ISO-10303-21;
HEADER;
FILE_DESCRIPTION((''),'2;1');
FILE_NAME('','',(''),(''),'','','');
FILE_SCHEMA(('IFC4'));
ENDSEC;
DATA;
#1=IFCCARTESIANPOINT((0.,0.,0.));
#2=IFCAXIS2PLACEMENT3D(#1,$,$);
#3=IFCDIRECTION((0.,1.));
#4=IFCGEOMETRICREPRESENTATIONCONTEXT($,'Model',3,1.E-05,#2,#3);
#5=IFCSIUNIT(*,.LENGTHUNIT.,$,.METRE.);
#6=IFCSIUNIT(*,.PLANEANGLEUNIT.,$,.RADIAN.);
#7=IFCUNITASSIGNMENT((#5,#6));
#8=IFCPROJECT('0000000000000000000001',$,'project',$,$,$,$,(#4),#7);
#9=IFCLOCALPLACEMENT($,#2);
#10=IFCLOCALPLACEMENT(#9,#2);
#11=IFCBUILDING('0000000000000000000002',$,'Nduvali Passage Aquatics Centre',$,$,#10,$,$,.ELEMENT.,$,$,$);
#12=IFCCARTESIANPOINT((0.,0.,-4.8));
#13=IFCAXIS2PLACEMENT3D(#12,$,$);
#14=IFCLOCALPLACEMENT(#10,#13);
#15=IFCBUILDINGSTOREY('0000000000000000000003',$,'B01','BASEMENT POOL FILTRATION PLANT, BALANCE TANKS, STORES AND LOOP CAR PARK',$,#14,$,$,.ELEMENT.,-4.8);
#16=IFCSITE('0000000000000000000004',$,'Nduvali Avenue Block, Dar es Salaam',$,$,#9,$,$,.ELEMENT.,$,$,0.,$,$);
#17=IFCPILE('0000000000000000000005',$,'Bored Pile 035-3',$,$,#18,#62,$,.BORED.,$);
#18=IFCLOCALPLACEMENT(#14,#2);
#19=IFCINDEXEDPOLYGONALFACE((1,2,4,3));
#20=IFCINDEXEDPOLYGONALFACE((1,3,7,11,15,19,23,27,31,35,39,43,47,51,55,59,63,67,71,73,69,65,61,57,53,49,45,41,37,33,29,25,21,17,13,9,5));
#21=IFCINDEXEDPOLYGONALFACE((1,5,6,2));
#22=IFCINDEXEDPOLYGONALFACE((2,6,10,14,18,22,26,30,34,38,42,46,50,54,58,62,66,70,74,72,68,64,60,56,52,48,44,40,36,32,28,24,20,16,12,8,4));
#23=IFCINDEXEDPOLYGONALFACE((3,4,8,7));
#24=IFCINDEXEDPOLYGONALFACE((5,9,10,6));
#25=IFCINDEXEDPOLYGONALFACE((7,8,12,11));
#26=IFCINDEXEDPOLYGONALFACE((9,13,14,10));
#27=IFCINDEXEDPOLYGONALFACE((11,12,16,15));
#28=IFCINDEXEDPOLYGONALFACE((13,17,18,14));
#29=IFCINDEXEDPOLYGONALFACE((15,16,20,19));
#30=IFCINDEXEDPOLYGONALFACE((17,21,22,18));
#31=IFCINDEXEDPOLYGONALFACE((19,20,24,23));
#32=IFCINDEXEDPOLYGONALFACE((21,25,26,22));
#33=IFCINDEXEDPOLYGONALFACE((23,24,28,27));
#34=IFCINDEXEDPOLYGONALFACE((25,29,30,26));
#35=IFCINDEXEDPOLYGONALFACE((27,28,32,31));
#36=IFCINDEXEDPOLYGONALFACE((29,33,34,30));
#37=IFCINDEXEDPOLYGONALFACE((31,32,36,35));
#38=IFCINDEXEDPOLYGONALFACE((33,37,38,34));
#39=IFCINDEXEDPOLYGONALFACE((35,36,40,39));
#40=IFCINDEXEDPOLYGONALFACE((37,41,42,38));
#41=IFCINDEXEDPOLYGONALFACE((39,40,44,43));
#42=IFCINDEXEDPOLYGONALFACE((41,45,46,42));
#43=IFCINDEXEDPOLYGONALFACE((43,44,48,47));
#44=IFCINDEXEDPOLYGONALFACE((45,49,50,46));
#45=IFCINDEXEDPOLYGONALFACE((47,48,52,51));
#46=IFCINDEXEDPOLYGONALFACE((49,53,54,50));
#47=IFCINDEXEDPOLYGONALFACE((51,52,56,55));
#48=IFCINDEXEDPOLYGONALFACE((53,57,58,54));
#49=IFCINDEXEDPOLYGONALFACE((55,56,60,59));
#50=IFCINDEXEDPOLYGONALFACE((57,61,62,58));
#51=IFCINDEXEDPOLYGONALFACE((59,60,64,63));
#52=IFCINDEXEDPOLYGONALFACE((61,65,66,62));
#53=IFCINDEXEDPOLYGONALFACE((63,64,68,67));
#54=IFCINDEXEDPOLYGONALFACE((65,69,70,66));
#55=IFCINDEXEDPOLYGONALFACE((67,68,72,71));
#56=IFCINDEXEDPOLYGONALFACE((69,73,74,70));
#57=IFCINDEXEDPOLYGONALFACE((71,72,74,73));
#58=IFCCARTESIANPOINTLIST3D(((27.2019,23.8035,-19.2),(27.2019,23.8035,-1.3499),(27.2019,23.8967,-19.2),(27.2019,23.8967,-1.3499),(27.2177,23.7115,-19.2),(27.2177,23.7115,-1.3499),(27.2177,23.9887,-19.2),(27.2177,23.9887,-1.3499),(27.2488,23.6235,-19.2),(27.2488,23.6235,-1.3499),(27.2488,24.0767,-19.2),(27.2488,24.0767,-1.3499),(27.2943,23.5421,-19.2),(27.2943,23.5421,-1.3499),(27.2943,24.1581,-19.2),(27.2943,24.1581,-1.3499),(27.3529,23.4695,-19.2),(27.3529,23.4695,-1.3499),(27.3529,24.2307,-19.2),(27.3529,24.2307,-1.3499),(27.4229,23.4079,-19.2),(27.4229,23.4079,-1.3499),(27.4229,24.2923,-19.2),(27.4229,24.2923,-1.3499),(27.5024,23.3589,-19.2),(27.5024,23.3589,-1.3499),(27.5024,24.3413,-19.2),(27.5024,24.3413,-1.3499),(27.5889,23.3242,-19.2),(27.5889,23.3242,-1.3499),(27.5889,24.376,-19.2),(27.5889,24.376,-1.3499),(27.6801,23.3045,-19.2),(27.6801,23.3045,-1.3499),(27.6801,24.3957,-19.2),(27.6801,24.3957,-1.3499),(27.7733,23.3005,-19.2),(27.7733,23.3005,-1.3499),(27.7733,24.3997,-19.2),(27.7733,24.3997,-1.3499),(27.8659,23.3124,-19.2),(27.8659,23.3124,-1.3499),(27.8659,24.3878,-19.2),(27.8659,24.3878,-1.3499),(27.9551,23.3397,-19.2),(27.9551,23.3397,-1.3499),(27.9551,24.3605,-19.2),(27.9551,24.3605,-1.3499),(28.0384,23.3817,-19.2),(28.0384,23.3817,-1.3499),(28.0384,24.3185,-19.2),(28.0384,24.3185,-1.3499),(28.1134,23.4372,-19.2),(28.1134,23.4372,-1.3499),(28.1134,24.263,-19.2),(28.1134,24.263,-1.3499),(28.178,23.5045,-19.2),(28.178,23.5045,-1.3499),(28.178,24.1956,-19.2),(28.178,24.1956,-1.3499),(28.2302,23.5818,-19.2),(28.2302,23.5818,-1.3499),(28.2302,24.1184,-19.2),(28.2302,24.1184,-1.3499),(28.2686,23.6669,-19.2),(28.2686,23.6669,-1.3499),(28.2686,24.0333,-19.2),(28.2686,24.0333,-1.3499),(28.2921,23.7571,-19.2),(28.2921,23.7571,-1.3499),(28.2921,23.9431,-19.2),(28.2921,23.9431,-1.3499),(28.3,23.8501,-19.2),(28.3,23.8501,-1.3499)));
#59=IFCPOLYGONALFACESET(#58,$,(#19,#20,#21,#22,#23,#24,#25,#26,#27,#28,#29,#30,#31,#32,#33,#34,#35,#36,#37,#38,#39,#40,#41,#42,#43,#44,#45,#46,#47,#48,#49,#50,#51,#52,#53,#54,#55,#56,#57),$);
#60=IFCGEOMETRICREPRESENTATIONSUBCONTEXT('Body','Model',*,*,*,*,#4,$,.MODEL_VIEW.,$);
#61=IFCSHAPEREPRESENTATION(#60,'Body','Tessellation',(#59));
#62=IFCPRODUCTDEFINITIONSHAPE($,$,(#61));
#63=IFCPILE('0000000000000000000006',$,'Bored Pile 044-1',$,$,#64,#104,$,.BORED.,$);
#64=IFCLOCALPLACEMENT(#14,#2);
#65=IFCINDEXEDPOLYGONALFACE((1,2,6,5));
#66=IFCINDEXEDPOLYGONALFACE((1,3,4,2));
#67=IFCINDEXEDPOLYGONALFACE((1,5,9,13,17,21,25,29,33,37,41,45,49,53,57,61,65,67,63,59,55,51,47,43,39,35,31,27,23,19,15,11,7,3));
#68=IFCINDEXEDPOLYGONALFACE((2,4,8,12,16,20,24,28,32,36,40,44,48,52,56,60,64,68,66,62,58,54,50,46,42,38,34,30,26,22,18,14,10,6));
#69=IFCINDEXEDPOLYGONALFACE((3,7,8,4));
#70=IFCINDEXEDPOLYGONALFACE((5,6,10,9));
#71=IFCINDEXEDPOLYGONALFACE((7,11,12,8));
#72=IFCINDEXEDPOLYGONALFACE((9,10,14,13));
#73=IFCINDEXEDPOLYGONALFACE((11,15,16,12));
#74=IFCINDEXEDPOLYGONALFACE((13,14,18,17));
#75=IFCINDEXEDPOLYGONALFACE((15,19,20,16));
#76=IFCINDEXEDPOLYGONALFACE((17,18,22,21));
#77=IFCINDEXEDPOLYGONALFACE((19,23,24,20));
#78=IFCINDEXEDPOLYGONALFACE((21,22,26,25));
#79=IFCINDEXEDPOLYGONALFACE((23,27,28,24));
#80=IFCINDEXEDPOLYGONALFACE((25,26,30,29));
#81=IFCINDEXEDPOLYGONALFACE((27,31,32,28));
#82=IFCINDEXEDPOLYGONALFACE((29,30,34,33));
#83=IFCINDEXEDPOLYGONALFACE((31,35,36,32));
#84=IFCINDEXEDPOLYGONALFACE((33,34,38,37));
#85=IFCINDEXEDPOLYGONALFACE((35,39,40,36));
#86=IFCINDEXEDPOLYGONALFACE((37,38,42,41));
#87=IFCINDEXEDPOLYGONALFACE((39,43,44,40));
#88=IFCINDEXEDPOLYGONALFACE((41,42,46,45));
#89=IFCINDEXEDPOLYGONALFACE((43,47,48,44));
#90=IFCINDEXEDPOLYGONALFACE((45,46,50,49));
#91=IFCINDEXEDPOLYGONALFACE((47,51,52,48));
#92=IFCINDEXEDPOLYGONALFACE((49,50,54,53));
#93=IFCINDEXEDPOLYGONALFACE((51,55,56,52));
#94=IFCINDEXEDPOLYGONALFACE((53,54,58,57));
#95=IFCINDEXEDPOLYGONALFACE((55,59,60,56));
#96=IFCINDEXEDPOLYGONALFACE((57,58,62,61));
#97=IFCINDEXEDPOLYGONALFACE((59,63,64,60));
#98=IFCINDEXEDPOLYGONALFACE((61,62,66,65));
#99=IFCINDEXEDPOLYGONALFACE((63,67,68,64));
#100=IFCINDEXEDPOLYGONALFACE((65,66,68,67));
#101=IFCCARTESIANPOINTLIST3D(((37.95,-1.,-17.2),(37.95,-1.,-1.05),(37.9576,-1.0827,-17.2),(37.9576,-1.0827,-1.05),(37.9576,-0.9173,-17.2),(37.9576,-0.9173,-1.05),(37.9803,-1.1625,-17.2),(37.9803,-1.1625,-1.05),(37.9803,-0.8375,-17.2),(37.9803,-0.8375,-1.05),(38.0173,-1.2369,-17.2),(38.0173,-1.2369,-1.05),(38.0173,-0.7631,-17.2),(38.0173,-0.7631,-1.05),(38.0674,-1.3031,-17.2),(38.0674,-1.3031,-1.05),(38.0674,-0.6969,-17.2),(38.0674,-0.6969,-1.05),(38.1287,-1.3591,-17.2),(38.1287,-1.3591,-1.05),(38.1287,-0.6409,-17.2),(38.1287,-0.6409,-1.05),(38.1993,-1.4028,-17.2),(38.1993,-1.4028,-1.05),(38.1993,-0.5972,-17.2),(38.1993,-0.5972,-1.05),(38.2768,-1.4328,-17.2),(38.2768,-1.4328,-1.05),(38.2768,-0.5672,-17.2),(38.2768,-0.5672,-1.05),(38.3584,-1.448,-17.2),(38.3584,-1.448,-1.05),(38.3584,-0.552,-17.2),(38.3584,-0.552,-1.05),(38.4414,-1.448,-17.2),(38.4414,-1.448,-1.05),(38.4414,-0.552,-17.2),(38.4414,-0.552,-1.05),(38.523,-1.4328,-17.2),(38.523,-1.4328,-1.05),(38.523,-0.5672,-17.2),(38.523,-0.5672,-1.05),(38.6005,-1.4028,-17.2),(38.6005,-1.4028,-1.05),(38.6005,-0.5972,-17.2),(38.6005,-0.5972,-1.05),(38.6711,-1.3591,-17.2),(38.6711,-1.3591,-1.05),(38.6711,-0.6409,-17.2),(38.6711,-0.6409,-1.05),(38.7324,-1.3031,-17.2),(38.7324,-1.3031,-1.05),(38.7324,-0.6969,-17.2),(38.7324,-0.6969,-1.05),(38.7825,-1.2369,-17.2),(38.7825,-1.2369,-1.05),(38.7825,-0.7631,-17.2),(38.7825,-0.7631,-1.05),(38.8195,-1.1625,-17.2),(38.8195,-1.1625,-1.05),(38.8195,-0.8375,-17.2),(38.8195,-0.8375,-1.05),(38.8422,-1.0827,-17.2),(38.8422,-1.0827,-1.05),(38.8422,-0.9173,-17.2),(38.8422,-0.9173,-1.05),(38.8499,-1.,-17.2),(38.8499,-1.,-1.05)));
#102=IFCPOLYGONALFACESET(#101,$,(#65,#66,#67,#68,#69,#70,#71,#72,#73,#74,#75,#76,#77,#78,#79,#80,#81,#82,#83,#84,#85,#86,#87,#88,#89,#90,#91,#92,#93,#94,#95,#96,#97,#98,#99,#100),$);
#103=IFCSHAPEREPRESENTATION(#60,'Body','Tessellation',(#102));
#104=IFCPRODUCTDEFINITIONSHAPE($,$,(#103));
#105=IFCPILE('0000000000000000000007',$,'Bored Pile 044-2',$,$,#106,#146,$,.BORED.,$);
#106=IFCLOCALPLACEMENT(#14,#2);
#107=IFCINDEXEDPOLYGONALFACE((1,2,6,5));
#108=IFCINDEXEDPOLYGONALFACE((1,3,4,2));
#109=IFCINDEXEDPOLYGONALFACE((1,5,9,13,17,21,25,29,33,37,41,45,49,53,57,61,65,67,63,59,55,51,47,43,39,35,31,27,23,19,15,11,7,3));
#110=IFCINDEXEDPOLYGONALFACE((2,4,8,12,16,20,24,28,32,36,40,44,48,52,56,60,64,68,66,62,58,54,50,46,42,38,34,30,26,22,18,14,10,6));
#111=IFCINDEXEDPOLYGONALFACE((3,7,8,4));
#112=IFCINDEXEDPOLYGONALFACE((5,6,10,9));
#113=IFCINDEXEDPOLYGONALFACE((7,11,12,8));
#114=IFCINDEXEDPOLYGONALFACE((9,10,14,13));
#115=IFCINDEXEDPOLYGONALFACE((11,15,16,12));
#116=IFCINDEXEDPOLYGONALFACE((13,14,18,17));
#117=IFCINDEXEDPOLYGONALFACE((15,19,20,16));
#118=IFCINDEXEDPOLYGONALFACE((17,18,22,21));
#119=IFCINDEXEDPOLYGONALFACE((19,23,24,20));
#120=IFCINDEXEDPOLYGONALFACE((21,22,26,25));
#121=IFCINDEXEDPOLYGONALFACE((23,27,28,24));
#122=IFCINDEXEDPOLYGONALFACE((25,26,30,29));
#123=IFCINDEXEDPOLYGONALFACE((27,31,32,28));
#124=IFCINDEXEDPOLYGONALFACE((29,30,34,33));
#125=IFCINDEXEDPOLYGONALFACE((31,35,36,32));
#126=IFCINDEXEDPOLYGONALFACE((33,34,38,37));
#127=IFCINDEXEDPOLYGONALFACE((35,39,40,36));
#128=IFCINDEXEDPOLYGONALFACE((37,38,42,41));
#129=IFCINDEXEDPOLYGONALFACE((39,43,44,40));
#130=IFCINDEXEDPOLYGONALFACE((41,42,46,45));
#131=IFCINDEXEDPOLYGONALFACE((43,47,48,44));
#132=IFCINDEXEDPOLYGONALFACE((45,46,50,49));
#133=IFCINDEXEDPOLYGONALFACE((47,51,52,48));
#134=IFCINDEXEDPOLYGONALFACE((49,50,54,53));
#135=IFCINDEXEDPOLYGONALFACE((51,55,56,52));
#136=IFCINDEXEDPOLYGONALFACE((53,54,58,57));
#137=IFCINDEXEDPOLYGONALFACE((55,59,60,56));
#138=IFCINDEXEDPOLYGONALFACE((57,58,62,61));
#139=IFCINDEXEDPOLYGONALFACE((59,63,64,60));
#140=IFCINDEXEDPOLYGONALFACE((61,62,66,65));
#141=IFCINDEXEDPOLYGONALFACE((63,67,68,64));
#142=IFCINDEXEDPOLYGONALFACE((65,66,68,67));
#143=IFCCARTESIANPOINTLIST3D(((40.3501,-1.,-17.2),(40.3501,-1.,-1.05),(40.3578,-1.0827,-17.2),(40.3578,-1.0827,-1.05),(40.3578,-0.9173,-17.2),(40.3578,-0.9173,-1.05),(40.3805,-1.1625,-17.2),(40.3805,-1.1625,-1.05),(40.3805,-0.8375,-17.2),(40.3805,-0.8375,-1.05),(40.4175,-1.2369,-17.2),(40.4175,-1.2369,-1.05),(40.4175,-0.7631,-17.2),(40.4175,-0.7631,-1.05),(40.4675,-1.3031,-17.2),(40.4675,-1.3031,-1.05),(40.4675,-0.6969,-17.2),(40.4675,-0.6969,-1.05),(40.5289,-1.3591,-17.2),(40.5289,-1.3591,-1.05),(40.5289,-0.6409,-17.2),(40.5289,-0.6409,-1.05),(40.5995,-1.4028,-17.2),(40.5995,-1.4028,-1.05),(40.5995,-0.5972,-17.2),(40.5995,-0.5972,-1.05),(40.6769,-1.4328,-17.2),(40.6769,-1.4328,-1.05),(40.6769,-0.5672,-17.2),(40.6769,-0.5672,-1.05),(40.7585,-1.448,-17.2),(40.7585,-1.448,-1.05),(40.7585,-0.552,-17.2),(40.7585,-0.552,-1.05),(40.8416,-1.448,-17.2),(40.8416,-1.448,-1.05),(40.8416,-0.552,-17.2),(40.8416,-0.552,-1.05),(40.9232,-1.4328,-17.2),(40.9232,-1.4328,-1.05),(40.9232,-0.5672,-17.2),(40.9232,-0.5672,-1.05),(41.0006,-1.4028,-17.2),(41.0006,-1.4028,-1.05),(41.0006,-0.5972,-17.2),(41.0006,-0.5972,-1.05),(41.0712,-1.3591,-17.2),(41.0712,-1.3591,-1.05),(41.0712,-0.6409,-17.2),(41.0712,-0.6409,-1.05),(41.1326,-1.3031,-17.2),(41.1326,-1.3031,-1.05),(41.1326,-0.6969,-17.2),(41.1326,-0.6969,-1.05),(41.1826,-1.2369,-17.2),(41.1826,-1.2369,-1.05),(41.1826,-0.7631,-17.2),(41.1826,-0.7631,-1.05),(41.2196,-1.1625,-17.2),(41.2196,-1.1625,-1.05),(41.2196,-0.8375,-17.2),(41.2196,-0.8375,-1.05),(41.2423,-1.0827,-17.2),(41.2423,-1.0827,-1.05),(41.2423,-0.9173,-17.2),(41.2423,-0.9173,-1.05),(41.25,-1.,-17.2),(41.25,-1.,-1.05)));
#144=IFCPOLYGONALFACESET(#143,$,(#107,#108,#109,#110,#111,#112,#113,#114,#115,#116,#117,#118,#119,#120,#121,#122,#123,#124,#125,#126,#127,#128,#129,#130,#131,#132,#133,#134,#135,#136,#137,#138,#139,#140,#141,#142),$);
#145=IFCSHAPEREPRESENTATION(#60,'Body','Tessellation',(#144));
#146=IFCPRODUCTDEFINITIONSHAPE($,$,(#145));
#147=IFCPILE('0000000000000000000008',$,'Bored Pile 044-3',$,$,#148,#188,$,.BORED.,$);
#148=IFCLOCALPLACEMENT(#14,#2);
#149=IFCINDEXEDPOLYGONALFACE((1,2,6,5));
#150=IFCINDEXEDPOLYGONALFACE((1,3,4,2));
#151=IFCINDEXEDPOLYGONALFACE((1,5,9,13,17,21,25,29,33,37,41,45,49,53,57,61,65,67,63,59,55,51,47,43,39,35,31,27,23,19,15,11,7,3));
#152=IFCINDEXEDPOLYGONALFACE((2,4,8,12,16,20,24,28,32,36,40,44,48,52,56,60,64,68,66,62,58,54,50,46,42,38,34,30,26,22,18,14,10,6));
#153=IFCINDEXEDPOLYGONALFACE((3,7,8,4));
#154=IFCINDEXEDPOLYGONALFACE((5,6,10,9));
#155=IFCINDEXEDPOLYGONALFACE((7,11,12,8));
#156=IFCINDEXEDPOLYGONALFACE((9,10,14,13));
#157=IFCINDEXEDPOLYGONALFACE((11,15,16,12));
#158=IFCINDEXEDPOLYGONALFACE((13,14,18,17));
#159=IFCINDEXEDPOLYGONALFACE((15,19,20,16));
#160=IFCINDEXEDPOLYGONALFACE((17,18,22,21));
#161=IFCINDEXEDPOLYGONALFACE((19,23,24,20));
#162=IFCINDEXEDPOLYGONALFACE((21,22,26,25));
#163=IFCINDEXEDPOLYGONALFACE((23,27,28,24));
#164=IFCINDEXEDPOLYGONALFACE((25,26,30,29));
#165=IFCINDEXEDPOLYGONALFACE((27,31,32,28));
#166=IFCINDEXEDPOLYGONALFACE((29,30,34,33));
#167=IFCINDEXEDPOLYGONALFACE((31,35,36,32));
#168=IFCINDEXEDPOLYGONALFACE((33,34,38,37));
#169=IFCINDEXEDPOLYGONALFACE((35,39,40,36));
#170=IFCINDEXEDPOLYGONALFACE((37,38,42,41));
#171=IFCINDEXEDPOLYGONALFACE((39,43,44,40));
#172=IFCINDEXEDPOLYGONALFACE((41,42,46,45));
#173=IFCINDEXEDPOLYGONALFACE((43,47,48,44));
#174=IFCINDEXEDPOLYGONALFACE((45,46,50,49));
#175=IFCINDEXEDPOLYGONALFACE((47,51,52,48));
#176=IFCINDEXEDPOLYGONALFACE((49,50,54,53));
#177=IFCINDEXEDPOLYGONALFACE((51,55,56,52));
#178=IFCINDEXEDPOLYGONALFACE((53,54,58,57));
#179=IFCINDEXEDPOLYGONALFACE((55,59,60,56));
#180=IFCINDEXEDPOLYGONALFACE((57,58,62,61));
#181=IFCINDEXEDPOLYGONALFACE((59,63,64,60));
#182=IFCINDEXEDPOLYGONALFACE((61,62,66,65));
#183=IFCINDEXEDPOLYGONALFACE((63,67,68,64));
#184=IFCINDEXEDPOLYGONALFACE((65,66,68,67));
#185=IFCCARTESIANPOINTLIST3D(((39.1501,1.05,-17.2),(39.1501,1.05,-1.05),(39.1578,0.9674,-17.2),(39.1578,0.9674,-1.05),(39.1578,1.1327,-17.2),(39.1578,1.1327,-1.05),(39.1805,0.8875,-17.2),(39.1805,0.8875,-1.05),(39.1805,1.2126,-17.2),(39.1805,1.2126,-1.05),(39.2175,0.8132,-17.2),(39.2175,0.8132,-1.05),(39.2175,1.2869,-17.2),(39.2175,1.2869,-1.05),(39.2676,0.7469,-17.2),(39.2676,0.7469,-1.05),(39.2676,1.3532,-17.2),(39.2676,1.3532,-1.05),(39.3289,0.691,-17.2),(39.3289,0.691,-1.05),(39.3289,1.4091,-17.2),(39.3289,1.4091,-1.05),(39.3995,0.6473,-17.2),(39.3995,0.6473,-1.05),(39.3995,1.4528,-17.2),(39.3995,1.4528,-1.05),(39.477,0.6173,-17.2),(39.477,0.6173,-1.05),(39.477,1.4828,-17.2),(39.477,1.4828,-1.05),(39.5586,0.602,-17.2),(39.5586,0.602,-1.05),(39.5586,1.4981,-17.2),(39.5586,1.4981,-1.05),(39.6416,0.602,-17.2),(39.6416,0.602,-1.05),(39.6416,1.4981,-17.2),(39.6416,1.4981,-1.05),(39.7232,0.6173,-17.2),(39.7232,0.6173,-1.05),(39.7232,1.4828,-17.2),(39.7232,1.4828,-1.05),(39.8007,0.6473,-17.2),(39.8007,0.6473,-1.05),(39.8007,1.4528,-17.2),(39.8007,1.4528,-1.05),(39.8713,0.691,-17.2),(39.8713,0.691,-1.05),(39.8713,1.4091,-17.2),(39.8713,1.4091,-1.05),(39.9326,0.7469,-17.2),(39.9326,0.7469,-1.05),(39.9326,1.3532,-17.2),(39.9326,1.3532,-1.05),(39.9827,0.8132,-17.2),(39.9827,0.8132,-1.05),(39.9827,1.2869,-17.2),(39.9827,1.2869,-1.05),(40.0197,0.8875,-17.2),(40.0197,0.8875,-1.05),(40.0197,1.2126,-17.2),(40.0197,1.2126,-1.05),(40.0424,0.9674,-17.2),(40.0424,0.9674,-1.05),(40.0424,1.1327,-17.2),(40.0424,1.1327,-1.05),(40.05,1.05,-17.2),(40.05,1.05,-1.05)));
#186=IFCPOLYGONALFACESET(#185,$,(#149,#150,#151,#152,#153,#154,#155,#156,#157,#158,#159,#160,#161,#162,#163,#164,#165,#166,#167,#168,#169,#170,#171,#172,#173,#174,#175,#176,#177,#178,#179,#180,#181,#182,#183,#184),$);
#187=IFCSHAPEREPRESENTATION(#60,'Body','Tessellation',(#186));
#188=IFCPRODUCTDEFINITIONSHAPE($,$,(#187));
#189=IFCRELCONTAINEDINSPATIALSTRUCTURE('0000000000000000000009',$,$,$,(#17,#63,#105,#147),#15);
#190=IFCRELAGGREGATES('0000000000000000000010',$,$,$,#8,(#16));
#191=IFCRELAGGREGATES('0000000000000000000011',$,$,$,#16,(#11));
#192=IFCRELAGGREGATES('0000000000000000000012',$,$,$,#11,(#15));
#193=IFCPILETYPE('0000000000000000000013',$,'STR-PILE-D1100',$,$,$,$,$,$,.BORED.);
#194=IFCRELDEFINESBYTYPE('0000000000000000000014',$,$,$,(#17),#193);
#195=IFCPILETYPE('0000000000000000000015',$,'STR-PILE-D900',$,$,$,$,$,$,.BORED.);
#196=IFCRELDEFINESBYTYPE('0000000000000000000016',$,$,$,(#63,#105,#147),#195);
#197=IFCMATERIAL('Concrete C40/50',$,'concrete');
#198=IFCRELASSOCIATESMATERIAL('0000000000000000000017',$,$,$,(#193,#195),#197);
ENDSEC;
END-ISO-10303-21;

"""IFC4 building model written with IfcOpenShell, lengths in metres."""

from ifc_helpers import new_model, si_unit, direction, frame, origin, origin_2d, place, context, subcontext, project, spatial, circle, extrude, material, material_profile, profile_set, type_object, element, save


model = new_model("IFC4")

# Units and contexts
model_context = context("Model", 3, precision=1e-05, world=origin(), true_north=direction((0.0, 1.0)))
body_context = subcontext(model_context, "Body", "Model", "MODEL_VIEW")
ifc_project = project(units=[si_unit("LENGTHUNIT", "METRE"), si_unit("PLANEANGLEUNIT", "RADIAN")], contexts=[model_context])

# Site, building, storey
site_placement = place(None, origin())
site = spatial("IfcSite", under=ifc_project, at=site_placement, Name="Nduvali Avenue Block, Dar es Salaam", CompositionType="ELEMENT", RefElevation=0.0)
building_placement = place(site_placement, origin())
building = spatial("IfcBuilding", under=site, at=building_placement, Name="Nduvali Passage Aquatics Centre", CompositionType="ELEMENT")
storey_placement = place(building_placement, frame((0.0, 0.0, -4.8)))
storey = spatial("IfcBuildingStorey", under=building, at=storey_placement, Name="B01", Description="BASEMENT POOL FILTRATION PLANT, BALANCE TANKS, STORES AND LOOP CAR PARK", CompositionType="ELEMENT", Elevation=-4.8)

# Shared definitions
ifc_material = material(Name="Concrete C40/50", Category="concrete")

# Piles
ifc_material_profile_1 = material_profile(ifc_material, circle(Radius=0.55, at=origin_2d()), Name="PILE D1100")
ifc_profile_set_1 = profile_set([ifc_material_profile_1], Name="Concrete C40/50")
pile_type_1 = type_object("IfcPileType", Name="STR-PILE-D1100", PredefinedType="BORED", material=ifc_profile_set_1)
pile_placement = place(storey_placement, frame((27.75, 23.8501, -1.3499), z_axis=(0.0, 0.0, -1.0), x_axis=(1.0, 0.0, 0.0)))
element("IfcPile", 1, at=pile_placement, inside=storey, type_object=pile_type_1, Name="Bored Pile 035-3", PredefinedType="BORED", context=body_context, shape_type="SweptSolid", body=[
    extrude(circle(Radius=0.55, at=origin_2d()), origin(), (0.0, 0.0, 1.0), 17.8501),
])
ifc_material_profile_2 = material_profile(ifc_material, circle(Radius=0.45, at=origin_2d()), Name="PILE D900")
ifc_profile_set_2 = profile_set([ifc_material_profile_2], Name="Concrete C40/50")
pile_type_2 = type_object("IfcPileType", Name="STR-PILE-D900", PredefinedType="BORED", material=ifc_profile_set_2)
for number, where, z_axis, x_axis, name in (
    (2, (38.3999, -1.0, -1.05), (0.0, 0.0, -1.0), (1.0, 0.0, 0.0), "Bored Pile 044-1"),
    (3, (40.8, -1.0, -1.05), (0.0, 0.0, -1.0), (1.0, 0.0, 0.0), "Bored Pile 044-2"),
    (4, (39.6001, 1.05, -1.05), (0.0, 0.0, -1.0), (1.0, 0.0, 0.0), "Bored Pile 044-3"),
):
    element("IfcPile", number, at=place(storey_placement, frame(where, z_axis=z_axis, x_axis=x_axis)), inside=storey, type_object=pile_type_2, Name=name, PredefinedType="BORED", context=body_context, shape_type="SweptSolid", body=[
        extrude(circle(Radius=0.45, at=origin_2d()), origin(), (0.0, 0.0, 1.0), 16.1499),
    ])

save(model, "model.ifc")
